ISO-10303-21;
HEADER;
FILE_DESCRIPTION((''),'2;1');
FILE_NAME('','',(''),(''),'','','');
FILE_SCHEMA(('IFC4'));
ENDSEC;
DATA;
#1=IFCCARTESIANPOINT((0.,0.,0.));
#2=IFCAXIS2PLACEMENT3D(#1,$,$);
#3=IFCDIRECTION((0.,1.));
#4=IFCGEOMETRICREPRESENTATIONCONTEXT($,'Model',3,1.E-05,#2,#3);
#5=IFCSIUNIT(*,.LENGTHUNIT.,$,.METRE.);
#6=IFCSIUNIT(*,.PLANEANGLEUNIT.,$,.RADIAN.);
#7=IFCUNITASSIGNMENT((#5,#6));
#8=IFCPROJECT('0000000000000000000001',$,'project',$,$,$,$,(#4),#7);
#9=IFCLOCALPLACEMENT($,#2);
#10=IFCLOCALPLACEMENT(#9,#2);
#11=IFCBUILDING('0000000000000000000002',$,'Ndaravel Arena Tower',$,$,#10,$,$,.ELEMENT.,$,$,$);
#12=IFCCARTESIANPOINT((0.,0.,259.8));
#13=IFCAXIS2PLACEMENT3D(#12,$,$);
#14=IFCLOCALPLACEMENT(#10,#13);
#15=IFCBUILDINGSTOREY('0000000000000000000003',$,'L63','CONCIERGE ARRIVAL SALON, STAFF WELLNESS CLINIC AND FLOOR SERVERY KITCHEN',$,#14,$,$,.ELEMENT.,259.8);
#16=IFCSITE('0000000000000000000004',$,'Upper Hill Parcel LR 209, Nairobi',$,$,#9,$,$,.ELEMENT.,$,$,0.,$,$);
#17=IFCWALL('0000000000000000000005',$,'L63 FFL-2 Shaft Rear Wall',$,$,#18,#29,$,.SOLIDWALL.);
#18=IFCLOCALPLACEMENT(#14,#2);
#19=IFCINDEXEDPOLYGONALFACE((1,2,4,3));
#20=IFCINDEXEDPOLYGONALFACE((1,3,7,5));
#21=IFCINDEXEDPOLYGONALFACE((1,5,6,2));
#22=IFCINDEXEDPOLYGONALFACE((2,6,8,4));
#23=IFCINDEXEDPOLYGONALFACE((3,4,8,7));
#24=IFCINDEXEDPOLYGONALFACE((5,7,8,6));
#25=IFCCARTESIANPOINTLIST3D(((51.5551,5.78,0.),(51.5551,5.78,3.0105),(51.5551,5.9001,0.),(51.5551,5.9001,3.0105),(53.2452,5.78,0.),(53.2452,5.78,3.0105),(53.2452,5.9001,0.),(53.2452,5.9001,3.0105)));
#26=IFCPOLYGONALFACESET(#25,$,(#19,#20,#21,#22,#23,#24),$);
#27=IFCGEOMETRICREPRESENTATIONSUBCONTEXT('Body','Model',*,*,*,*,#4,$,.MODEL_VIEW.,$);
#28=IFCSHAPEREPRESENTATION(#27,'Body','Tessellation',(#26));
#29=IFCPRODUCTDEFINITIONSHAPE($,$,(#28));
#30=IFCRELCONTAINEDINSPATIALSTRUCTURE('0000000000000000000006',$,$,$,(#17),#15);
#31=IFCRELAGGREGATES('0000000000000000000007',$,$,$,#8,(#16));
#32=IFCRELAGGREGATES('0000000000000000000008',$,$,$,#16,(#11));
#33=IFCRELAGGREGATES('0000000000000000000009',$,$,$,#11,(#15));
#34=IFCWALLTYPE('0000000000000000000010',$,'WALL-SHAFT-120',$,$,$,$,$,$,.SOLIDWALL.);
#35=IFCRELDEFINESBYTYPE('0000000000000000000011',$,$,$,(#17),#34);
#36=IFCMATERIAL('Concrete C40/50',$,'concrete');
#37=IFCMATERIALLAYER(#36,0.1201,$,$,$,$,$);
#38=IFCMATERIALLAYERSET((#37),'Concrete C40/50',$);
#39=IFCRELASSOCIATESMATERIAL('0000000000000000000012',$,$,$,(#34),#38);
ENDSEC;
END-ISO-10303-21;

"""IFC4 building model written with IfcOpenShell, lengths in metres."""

from ifc_helpers import new_model, si_unit, direction, frame, frame_2d, origin, place, context, subcontext, project, spatial, rectangle, extrude, material, layer, layer_set, type_object, element, save


model = new_model("IFC4")

# Units and contexts
model_context = context("Model", 3, precision=1e-05, world=origin(), true_north=direction((0.0, 1.0)))
body_context = subcontext(model_context, "Body", "Model", "MODEL_VIEW")
ifc_project = project(units=[si_unit("LENGTHUNIT", "METRE"), si_unit("PLANEANGLEUNIT", "RADIAN")], contexts=[model_context])

# Site, building, storey
site_placement = place(None, origin())
site = spatial("IfcSite", under=ifc_project, at=site_placement, Name="Upper Hill Parcel LR 209, Nairobi", CompositionType="ELEMENT", RefElevation=0.0)
building_placement = place(site_placement, origin())
building = spatial("IfcBuilding", under=site, at=building_placement, Name="Ndaravel Arena Tower", CompositionType="ELEMENT")
storey_placement = place(building_placement, frame((0.0, 0.0, 259.8)))
storey = spatial("IfcBuildingStorey", under=building, at=storey_placement, Name="L63", Description="CONCIERGE ARRIVAL SALON, STAFF WELLNESS CLINIC AND FLOOR SERVERY KITCHEN", CompositionType="ELEMENT", Elevation=259.8)

# Wall
ifc_material_1 = material(Name="Concrete C40/50", Category="concrete")
ifc_layer_1 = layer(ifc_material_1, 0.1201)
ifc_layer_set_1 = layer_set([ifc_layer_1], Name="Concrete C40/50")
wall_type_1 = type_object("IfcWallType", Name="WALL-SHAFT-120", PredefinedType="SOLIDWALL", material=ifc_layer_set_1)
wall_1_placement = place(storey_placement, frame((51.5549, 5.8401, 0.0), z_axis=(0.0, 0.0, 1.0), x_axis=(1.0, 0.0, 0.0)))
element("IfcWall", 1, at=wall_1_placement, inside=storey, type_object=wall_type_1, Name="L63 FFL-2 Shaft Rear Wall", PredefinedType="SOLIDWALL", context=body_context, shape_type="SweptSolid", body=[
    extrude(rectangle(XDim=1.6902, YDim=0.1201, at=frame_2d((0.8452, 0.0))), origin(), (0.0, 0.0, 1.0), 3.0105),
])

save(model, "model.ifc")
